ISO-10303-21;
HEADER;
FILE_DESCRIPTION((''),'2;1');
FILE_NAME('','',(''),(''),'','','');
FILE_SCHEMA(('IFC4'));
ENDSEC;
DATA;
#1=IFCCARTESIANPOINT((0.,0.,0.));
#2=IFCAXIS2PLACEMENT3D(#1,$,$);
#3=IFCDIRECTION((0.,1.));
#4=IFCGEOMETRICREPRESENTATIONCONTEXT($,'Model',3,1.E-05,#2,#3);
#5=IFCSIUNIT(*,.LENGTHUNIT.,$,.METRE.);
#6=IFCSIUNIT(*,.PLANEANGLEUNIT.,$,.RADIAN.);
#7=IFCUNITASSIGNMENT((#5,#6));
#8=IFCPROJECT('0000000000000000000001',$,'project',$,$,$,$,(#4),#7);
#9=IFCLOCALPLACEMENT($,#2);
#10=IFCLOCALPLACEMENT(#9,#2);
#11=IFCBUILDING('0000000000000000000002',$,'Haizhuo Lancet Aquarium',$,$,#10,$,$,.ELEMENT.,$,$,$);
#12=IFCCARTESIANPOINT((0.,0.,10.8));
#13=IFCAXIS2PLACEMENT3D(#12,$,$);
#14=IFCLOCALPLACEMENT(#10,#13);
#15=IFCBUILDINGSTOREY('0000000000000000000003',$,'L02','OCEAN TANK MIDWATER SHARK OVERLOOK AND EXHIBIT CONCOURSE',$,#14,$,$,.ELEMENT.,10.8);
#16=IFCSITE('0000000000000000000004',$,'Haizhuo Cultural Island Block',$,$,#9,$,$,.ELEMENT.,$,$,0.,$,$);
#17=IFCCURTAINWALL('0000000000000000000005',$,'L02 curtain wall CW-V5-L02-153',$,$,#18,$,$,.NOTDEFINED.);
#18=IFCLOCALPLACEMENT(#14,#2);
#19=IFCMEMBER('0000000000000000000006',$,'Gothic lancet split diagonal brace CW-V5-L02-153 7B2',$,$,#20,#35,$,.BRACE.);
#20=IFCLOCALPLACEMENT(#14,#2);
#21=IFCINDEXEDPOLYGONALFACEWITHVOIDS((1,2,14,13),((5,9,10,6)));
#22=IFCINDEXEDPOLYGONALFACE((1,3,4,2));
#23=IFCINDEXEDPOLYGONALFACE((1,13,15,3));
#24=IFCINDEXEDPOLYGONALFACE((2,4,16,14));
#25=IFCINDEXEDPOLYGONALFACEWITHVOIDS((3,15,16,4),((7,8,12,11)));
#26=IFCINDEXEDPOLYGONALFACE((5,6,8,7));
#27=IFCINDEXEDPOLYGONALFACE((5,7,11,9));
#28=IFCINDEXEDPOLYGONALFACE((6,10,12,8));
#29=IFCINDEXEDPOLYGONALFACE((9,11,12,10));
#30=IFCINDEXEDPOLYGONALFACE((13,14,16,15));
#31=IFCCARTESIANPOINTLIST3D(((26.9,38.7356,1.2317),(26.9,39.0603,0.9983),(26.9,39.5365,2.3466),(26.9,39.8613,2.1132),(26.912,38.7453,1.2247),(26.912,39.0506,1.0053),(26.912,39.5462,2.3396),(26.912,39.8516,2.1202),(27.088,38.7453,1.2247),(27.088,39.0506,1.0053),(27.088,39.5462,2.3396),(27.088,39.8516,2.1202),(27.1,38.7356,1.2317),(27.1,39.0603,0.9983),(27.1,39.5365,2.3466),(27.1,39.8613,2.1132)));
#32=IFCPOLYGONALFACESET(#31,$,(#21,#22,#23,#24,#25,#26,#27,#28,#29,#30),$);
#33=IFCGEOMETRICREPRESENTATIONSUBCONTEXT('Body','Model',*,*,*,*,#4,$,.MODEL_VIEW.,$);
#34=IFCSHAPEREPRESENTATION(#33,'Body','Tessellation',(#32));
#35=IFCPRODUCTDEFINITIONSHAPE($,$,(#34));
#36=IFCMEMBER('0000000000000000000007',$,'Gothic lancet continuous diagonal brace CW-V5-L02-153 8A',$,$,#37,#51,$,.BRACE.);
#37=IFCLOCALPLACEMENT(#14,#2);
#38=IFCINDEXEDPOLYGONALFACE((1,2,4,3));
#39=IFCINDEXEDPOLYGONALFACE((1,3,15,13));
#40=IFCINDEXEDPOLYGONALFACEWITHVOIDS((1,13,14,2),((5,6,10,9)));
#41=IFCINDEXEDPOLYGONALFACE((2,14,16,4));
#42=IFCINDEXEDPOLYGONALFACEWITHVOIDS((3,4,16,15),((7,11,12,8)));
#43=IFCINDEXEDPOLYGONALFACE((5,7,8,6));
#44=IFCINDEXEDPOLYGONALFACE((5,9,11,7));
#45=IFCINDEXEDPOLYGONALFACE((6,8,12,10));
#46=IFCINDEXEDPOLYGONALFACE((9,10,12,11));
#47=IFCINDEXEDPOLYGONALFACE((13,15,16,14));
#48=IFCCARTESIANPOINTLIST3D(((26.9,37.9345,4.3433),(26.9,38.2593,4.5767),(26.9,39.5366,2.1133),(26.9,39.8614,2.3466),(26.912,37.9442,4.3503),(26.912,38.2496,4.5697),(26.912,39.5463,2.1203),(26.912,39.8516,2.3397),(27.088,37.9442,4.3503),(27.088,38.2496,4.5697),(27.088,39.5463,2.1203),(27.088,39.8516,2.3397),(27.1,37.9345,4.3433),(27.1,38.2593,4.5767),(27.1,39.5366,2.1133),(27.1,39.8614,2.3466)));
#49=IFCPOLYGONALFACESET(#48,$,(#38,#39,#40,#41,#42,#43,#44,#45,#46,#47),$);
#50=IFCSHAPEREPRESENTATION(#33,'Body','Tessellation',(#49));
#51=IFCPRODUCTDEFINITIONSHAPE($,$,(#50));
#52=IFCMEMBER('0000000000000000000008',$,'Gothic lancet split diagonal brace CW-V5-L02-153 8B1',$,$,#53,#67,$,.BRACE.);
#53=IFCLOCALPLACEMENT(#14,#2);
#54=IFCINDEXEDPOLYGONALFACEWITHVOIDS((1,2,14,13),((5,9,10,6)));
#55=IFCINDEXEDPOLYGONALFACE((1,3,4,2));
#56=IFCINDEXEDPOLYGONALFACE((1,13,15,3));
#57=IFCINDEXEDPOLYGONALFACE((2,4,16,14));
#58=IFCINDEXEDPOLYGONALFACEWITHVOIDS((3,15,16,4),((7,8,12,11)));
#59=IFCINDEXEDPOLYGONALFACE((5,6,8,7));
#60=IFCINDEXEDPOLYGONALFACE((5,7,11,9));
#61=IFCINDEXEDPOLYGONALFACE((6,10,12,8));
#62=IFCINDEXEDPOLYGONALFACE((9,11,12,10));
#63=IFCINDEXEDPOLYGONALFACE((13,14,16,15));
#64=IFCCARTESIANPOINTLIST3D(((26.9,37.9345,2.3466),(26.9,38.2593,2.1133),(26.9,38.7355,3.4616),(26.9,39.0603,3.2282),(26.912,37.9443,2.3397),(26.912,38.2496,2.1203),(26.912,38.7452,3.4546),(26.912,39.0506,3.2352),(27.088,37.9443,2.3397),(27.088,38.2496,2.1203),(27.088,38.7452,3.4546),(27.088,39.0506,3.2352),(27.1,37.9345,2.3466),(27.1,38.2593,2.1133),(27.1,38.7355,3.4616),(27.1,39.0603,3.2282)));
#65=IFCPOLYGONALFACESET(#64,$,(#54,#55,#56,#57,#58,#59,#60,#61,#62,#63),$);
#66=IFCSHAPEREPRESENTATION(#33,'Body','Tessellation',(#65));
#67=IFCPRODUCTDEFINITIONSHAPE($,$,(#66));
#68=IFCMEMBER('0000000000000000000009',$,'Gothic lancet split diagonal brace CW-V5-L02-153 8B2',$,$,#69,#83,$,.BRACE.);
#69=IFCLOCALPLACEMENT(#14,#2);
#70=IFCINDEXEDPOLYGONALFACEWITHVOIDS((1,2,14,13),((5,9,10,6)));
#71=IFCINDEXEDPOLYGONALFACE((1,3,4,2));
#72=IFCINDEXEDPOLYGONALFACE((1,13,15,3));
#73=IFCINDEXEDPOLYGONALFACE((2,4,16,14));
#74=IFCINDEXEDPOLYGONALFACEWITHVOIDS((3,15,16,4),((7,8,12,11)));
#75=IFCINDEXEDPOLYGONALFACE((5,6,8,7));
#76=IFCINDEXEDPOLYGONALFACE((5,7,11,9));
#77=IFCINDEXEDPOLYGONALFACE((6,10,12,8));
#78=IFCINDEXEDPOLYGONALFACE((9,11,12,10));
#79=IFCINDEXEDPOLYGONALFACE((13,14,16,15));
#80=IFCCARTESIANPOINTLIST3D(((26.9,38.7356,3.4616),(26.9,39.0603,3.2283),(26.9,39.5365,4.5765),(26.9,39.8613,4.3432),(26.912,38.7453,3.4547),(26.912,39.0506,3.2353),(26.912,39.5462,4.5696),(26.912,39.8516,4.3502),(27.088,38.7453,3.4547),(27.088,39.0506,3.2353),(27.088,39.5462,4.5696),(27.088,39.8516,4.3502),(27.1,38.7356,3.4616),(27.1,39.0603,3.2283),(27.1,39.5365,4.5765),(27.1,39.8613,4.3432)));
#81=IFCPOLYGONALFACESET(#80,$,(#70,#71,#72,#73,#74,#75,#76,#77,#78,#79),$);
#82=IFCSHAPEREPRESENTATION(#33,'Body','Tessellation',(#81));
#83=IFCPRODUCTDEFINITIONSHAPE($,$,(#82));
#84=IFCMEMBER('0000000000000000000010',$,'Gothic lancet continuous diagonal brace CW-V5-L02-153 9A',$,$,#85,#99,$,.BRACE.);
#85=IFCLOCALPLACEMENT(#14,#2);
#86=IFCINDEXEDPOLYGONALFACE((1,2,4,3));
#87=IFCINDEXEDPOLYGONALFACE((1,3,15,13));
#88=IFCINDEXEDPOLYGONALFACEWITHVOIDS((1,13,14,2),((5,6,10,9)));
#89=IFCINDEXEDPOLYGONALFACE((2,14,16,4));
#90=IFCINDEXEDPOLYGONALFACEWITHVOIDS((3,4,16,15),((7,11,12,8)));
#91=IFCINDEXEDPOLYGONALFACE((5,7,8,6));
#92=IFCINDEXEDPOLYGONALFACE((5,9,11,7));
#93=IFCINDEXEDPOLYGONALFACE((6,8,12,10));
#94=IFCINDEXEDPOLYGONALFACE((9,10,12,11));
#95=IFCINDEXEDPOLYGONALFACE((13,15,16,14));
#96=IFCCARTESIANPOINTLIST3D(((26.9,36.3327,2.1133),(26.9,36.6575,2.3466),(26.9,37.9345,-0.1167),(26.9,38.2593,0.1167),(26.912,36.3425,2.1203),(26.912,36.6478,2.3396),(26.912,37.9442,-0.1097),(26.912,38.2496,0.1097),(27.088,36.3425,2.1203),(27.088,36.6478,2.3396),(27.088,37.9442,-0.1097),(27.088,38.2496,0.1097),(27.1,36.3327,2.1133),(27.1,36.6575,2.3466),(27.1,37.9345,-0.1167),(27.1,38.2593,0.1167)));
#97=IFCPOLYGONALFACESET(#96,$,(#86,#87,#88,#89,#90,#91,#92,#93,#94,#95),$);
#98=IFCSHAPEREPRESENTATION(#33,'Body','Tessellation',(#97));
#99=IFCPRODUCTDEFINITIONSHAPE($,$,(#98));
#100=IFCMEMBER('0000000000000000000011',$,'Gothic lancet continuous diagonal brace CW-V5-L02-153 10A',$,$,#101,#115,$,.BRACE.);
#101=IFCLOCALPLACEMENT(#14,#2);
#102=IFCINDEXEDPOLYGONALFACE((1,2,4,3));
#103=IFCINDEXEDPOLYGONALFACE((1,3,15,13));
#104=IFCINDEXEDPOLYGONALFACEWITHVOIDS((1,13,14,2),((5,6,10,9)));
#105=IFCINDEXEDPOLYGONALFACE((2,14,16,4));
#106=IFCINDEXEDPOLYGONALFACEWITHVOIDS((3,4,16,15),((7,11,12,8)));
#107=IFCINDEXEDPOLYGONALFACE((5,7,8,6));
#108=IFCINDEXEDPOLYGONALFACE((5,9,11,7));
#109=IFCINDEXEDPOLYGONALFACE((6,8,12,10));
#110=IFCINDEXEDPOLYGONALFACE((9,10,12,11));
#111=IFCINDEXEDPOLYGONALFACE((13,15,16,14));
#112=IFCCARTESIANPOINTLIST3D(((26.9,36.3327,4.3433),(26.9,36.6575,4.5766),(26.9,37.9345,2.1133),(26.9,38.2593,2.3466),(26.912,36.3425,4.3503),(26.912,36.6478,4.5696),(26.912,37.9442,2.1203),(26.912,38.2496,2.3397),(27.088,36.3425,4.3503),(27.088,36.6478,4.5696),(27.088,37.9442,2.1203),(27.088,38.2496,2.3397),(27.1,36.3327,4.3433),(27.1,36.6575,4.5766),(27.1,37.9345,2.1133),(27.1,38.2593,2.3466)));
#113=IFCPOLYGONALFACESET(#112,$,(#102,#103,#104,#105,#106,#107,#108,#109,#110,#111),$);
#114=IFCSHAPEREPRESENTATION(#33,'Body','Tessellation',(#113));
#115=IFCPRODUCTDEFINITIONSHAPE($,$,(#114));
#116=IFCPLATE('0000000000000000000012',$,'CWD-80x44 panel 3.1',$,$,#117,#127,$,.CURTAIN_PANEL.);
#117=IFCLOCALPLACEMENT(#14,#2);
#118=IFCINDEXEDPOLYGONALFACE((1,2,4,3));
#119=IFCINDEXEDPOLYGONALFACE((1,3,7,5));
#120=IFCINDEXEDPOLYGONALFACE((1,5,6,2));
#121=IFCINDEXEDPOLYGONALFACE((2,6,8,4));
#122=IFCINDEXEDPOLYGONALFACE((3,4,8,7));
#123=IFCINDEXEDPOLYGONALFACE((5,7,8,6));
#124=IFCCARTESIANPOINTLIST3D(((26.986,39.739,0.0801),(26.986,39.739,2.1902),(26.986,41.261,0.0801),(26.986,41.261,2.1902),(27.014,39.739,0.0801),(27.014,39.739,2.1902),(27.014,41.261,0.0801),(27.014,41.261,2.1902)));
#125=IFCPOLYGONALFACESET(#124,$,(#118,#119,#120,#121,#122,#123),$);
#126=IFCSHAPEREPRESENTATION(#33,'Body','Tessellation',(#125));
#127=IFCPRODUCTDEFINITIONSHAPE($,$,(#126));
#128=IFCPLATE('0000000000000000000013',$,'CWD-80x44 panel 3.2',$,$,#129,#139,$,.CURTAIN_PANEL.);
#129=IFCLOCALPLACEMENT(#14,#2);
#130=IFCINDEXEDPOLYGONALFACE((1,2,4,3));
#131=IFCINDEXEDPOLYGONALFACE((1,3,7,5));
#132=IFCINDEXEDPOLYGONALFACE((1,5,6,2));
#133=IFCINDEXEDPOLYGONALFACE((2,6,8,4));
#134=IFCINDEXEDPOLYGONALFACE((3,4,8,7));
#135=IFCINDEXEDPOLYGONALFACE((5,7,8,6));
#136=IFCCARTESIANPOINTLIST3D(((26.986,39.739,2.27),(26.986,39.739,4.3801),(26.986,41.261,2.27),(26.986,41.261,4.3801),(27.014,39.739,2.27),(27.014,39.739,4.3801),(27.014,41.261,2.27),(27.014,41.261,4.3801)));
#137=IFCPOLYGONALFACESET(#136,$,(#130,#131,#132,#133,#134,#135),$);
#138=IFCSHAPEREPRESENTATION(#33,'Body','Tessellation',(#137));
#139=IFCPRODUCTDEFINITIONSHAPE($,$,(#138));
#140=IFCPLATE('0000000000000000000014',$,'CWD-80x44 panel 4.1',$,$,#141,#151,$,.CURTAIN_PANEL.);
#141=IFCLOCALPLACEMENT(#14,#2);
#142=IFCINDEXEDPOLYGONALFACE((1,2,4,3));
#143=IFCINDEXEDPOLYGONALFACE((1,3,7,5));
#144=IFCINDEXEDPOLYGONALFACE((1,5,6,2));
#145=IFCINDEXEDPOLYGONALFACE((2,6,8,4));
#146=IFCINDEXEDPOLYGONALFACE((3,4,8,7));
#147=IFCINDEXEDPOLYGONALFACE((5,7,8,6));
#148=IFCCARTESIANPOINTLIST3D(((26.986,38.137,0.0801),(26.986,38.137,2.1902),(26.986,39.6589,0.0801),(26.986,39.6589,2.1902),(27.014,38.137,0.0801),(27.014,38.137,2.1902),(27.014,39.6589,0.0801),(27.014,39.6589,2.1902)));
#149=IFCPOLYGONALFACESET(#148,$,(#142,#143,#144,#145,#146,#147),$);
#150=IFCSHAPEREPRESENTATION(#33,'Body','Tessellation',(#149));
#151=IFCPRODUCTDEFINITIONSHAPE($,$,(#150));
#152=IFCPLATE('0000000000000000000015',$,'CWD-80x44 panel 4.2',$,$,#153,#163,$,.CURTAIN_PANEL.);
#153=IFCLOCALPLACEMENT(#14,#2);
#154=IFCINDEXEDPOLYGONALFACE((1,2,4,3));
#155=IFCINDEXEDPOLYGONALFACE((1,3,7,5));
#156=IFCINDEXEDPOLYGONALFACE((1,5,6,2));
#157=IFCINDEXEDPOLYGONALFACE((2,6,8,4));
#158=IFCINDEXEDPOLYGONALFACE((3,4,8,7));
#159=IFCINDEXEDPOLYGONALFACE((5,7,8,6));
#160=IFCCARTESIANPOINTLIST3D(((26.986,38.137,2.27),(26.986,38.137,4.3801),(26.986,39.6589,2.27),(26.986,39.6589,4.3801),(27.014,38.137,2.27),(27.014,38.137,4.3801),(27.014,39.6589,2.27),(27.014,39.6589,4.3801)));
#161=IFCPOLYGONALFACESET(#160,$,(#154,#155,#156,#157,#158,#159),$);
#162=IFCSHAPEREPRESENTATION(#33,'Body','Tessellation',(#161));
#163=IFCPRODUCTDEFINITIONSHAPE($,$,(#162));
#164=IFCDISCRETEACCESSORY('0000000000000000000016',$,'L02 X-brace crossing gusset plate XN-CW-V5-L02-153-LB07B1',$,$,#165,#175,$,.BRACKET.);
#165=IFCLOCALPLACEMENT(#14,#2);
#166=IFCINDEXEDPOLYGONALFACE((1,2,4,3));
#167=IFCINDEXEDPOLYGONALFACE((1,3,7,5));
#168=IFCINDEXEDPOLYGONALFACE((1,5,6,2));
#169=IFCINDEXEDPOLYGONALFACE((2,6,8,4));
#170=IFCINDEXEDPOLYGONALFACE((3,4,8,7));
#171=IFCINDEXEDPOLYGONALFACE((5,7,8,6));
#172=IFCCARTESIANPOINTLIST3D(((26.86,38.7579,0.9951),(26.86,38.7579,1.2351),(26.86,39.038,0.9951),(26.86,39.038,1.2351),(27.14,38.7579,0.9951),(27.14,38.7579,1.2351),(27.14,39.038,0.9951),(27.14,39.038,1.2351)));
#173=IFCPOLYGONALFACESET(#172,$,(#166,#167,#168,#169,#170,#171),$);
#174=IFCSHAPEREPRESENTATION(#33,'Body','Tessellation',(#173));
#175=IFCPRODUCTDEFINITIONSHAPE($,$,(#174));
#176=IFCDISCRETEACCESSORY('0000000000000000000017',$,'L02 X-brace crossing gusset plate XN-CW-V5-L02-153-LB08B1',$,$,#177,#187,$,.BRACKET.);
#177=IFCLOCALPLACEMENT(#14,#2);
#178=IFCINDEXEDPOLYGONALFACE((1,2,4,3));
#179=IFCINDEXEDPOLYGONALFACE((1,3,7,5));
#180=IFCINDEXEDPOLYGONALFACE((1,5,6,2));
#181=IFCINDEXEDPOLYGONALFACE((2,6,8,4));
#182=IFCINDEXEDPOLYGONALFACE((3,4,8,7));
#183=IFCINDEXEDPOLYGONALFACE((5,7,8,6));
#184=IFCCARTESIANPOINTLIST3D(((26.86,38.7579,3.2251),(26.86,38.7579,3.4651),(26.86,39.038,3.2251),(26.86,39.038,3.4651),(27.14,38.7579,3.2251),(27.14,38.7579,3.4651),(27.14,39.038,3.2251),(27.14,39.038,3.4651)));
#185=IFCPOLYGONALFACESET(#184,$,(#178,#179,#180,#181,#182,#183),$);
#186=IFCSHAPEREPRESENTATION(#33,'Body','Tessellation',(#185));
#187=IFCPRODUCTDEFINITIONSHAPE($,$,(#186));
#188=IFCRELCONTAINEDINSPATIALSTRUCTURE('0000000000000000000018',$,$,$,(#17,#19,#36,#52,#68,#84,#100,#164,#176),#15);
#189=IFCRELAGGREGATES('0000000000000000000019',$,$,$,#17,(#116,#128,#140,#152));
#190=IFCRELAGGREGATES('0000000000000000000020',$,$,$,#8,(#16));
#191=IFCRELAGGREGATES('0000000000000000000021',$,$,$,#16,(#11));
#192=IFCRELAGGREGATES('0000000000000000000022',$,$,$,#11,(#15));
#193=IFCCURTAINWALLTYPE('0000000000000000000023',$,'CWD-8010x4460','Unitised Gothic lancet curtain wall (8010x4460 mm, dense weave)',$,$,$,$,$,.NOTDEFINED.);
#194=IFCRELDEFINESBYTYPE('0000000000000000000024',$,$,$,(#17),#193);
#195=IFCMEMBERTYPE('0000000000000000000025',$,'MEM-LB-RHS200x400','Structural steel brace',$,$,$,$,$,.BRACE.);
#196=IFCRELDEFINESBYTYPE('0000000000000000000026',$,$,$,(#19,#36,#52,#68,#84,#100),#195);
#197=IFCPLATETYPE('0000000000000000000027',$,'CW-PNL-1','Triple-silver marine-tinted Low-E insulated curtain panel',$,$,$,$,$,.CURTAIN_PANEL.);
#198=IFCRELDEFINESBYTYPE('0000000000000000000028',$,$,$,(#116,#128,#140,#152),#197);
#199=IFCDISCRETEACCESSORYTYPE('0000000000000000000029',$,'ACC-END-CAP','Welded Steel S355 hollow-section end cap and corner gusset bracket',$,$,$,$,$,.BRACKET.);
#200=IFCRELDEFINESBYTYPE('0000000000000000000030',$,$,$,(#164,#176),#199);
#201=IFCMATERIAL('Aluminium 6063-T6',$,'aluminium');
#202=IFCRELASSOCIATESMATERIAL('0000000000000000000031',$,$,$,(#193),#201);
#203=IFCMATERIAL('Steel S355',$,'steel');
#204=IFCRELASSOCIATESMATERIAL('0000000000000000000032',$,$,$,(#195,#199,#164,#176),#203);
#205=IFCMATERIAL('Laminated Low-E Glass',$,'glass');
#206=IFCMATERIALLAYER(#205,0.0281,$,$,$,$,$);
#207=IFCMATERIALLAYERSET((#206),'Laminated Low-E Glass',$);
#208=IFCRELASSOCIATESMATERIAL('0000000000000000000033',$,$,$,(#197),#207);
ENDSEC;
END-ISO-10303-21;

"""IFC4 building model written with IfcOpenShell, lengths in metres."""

from ifc_helpers import new_model, si_unit, direction, frame, origin, origin_2d, place, context, subcontext, project, spatial, rectangle, hollow_rectangle, extrude, material, layer, layer_set, material_profile, profile_set, type_object, element, aggregate, save


model = new_model("IFC4")

# Units and contexts
model_context = context("Model", 3, precision=1e-05, world=origin(), true_north=direction((0.0, 1.0)))
body_context = subcontext(model_context, "Body", "Model", "MODEL_VIEW")
ifc_project = project(units=[si_unit("LENGTHUNIT", "METRE"), si_unit("PLANEANGLEUNIT", "RADIAN")], contexts=[model_context])

# Site, building, storey
site_placement = place(None, origin())
site = spatial("IfcSite", under=ifc_project, at=site_placement, Name="Haizhuo Cultural Island Block", CompositionType="ELEMENT", RefElevation=0.0)
building_placement = place(site_placement, origin())
building = spatial("IfcBuilding", under=site, at=building_placement, Name="Haizhuo Lancet Aquarium", CompositionType="ELEMENT")
storey_placement = place(building_placement, frame((0.0, 0.0, 10.8)))
storey = spatial("IfcBuildingStorey", under=building, at=storey_placement, Name="L02", Description="OCEAN TANK MIDWATER SHARK OVERLOOK AND EXHIBIT CONCOURSE", CompositionType="ELEMENT", Elevation=10.8)

# Curtain wall
ifc_material_1 = material(Name="Aluminium 6063-T6", Category="aluminium")
curtain_wall_type = type_object("IfcCurtainWallType", Name="CWD-8010x4460", Description="Unitised Gothic lancet curtain wall (8010x4460 mm, dense weave)", PredefinedType="NOTDEFINED", material=ifc_material_1)
curtain_wall_placement = place(storey_placement, origin())
curtain_wall = element("IfcCurtainWall", 1, at=curtain_wall_placement, inside=storey, type_object=curtain_wall_type, Name="L02 curtain wall CW-V5-L02-153", PredefinedType="NOTDEFINED")

# Members
ifc_material_2 = material(Name="Steel S355", Category="steel")
ifc_material_profile_1 = material_profile(ifc_material_2, hollow_rectangle(XDim=0.2, YDim=0.3999, WallThickness=0.012, at=origin_2d()), Name="RHS 200x400x12")
ifc_profile_set_1 = profile_set([ifc_material_profile_1], Name="Steel S355")
member_type_1 = type_object("IfcMemberType", Name="MEM-LB-RHS200x400", Description="Structural steel brace", PredefinedType="BRACE", material=ifc_profile_set_1)
for number, where, z_axis, x_axis, name in (
    (2, (27.0, 38.8979, 1.115), (0.0, 0.583456, 0.812144), (-1.0, 0.0, 0.0), "Gothic lancet split diagonal brace CW-V5-L02-153 7B2"),
):
    element("IfcMember", number, at=place(storey_placement, frame(where, z_axis=z_axis, x_axis=x_axis)), inside=storey, type_object=member_type_1, Name=name, PredefinedType="BRACE", context=body_context, shape_type="SweptSolid", body=[
        extrude(hollow_rectangle(XDim=0.2, YDim=0.3999, WallThickness=0.012, at=origin_2d()), origin(), (0.0, 0.0, 1.0), 1.3728),
    ])
member_1_placement = place(storey_placement, frame((27.0, 39.699, 2.23), z_axis=(0.0, -0.583456, 0.812144), x_axis=(1.0, 0.0, 0.0)))
element("IfcMember", 3, at=member_1_placement, inside=storey, type_object=member_type_1, Name="Gothic lancet continuous diagonal brace CW-V5-L02-153 8A", PredefinedType="BRACE", context=body_context, shape_type="SweptSolid", body=[
    extrude(hollow_rectangle(XDim=0.2, YDim=0.3999, WallThickness=0.012, at=origin_2d()), origin(), (0.0, 0.0, 1.0), 2.7458),
])
for number, where, z_axis, x_axis, name in (
    (4, (27.0, 38.0969, 2.23), (0.0, 0.583456, 0.812144), (-1.0, 0.0, 0.0), "Gothic lancet split diagonal brace CW-V5-L02-153 8B1"),
    (5, (27.0, 38.8979, 3.345), (0.0, 0.583456, 0.812144), (-1.0, 0.0, 0.0), "Gothic lancet split diagonal brace CW-V5-L02-153 8B2"),
):
    element("IfcMember", number, at=place(storey_placement, frame(where, z_axis=z_axis, x_axis=x_axis)), inside=storey, type_object=member_type_1, Name=name, PredefinedType="BRACE", context=body_context, shape_type="SweptSolid", body=[
        extrude(hollow_rectangle(XDim=0.2, YDim=0.3999, WallThickness=0.012, at=origin_2d()), origin(), (0.0, 0.0, 1.0), 1.3728),
    ])
for number, where, z_axis, x_axis, name in (
    (6, (27.0, 38.0969, 0.0), (0.0, -0.583398, 0.812187), (1.0, 0.0, 0.0), "Gothic lancet continuous diagonal brace CW-V5-L02-153 9A"),
    (7, (27.0, 38.0969, 2.23), (0.0, -0.583398, 0.812187), (1.0, 0.0, 0.0), "Gothic lancet continuous diagonal brace CW-V5-L02-153 10A"),
):
    element("IfcMember", number, at=place(storey_placement, frame(where, z_axis=z_axis, x_axis=x_axis)), inside=storey, type_object=member_type_1, Name=name, PredefinedType="BRACE", context=body_context, shape_type="SweptSolid", body=[
        extrude(hollow_rectangle(XDim=0.2, YDim=0.3999, WallThickness=0.012, at=origin_2d()), origin(), (0.0, 0.0, 1.0), 2.7456),
    ])

# Plates
ifc_material_3 = material(Name="Laminated Low-E Glass", Category="glass")
ifc_layer = layer(ifc_material_3, 0.0281)
ifc_layer_set = layer_set([ifc_layer], Name="Laminated Low-E Glass")
plate_type = type_object("IfcPlateType", Name="CW-PNL-1", Description="Triple-silver marine-tinted Low-E insulated curtain panel", PredefinedType="CURTAIN_PANEL", material=ifc_layer_set)
plate_1_placement = place(storey_placement, frame((27.0, 40.5, 0.0801), z_axis=(0.0, 0.0, 1.0), x_axis=(0.0, -1.0, 0.0)))
plate_1 = element("IfcPlate", 8, at=plate_1_placement, type_object=plate_type, Name="CWD-80x44 panel 3.1", PredefinedType="CURTAIN_PANEL", context=body_context, shape_type="SweptSolid", body=[
    extrude(rectangle(XDim=1.522, YDim=0.0281, at=origin_2d()), origin(), (0.0, 0.0, 1.0), 2.1101),
])
plate_2_placement = place(storey_placement, frame((27.0, 40.5, 2.27), z_axis=(0.0, 0.0, 1.0), x_axis=(0.0, -1.0, 0.0)))
plate_2 = element("IfcPlate", 9, at=plate_2_placement, type_object=plate_type, Name="CWD-80x44 panel 3.2", PredefinedType="CURTAIN_PANEL", context=body_context, shape_type="SweptSolid", body=[
    extrude(rectangle(XDim=1.522, YDim=0.0281, at=origin_2d()), origin(), (0.0, 0.0, 1.0), 2.1101),
])
plate_3_placement = place(storey_placement, frame((27.0, 38.8979, 0.0801), z_axis=(0.0, 0.0, 1.0), x_axis=(0.0, -1.0, 0.0)))
plate_3 = element("IfcPlate", 10, at=plate_3_placement, type_object=plate_type, Name="CWD-80x44 panel 4.1", PredefinedType="CURTAIN_PANEL", context=body_context, shape_type="SweptSolid", body=[
    extrude(rectangle(XDim=1.522, YDim=0.0281, at=origin_2d()), origin(), (0.0, 0.0, 1.0), 2.1101),
])
plate_4_placement = place(storey_placement, frame((27.0, 38.8979, 2.27), z_axis=(0.0, 0.0, 1.0), x_axis=(0.0, -1.0, 0.0)))
plate_4 = element("IfcPlate", 11, at=plate_4_placement, type_object=plate_type, Name="CWD-80x44 panel 4.2", PredefinedType="CURTAIN_PANEL", context=body_context, shape_type="SweptSolid", body=[
    extrude(rectangle(XDim=1.522, YDim=0.0281, at=origin_2d()), origin(), (0.0, 0.0, 1.0), 2.1101),
])
aggregate(curtain_wall, [plate_1, plate_2, plate_3, plate_4])

# Discrete accessories
discrete_accessory_type = type_object("IfcDiscreteAccessoryType", Name="ACC-END-CAP", Description="Welded Steel S355 hollow-section end cap and corner gusset bracket", PredefinedType="BRACKET", material=ifc_material_2)
for number, where, z_axis, x_axis, name in (
    (12, (27.0, 38.8979, 0.9951), (0.0, 0.0, 1.0), (1.0, 0.0, 0.0), "L02 X-brace crossing gusset plate XN-CW-V5-L02-153-LB07B1"),
    (13, (27.0, 38.8979, 3.2251), (0.0, 0.0, 1.0), (1.0, 0.0, 0.0), "L02 X-brace crossing gusset plate XN-CW-V5-L02-153-LB08B1"),
):
    element("IfcDiscreteAccessory", number, at=place(storey_placement, frame(where, z_axis=z_axis, x_axis=x_axis)), inside=storey, type_object=discrete_accessory_type, material=ifc_material_2, Name=name, PredefinedType="BRACKET", context=body_context, shape_type="SweptSolid", body=[
        extrude(rectangle(XDim=0.28, YDim=0.28, at=origin_2d()), origin(), (0.0, 0.0, 1.0), 0.24),
    ])

save(model, "model.ifc")
